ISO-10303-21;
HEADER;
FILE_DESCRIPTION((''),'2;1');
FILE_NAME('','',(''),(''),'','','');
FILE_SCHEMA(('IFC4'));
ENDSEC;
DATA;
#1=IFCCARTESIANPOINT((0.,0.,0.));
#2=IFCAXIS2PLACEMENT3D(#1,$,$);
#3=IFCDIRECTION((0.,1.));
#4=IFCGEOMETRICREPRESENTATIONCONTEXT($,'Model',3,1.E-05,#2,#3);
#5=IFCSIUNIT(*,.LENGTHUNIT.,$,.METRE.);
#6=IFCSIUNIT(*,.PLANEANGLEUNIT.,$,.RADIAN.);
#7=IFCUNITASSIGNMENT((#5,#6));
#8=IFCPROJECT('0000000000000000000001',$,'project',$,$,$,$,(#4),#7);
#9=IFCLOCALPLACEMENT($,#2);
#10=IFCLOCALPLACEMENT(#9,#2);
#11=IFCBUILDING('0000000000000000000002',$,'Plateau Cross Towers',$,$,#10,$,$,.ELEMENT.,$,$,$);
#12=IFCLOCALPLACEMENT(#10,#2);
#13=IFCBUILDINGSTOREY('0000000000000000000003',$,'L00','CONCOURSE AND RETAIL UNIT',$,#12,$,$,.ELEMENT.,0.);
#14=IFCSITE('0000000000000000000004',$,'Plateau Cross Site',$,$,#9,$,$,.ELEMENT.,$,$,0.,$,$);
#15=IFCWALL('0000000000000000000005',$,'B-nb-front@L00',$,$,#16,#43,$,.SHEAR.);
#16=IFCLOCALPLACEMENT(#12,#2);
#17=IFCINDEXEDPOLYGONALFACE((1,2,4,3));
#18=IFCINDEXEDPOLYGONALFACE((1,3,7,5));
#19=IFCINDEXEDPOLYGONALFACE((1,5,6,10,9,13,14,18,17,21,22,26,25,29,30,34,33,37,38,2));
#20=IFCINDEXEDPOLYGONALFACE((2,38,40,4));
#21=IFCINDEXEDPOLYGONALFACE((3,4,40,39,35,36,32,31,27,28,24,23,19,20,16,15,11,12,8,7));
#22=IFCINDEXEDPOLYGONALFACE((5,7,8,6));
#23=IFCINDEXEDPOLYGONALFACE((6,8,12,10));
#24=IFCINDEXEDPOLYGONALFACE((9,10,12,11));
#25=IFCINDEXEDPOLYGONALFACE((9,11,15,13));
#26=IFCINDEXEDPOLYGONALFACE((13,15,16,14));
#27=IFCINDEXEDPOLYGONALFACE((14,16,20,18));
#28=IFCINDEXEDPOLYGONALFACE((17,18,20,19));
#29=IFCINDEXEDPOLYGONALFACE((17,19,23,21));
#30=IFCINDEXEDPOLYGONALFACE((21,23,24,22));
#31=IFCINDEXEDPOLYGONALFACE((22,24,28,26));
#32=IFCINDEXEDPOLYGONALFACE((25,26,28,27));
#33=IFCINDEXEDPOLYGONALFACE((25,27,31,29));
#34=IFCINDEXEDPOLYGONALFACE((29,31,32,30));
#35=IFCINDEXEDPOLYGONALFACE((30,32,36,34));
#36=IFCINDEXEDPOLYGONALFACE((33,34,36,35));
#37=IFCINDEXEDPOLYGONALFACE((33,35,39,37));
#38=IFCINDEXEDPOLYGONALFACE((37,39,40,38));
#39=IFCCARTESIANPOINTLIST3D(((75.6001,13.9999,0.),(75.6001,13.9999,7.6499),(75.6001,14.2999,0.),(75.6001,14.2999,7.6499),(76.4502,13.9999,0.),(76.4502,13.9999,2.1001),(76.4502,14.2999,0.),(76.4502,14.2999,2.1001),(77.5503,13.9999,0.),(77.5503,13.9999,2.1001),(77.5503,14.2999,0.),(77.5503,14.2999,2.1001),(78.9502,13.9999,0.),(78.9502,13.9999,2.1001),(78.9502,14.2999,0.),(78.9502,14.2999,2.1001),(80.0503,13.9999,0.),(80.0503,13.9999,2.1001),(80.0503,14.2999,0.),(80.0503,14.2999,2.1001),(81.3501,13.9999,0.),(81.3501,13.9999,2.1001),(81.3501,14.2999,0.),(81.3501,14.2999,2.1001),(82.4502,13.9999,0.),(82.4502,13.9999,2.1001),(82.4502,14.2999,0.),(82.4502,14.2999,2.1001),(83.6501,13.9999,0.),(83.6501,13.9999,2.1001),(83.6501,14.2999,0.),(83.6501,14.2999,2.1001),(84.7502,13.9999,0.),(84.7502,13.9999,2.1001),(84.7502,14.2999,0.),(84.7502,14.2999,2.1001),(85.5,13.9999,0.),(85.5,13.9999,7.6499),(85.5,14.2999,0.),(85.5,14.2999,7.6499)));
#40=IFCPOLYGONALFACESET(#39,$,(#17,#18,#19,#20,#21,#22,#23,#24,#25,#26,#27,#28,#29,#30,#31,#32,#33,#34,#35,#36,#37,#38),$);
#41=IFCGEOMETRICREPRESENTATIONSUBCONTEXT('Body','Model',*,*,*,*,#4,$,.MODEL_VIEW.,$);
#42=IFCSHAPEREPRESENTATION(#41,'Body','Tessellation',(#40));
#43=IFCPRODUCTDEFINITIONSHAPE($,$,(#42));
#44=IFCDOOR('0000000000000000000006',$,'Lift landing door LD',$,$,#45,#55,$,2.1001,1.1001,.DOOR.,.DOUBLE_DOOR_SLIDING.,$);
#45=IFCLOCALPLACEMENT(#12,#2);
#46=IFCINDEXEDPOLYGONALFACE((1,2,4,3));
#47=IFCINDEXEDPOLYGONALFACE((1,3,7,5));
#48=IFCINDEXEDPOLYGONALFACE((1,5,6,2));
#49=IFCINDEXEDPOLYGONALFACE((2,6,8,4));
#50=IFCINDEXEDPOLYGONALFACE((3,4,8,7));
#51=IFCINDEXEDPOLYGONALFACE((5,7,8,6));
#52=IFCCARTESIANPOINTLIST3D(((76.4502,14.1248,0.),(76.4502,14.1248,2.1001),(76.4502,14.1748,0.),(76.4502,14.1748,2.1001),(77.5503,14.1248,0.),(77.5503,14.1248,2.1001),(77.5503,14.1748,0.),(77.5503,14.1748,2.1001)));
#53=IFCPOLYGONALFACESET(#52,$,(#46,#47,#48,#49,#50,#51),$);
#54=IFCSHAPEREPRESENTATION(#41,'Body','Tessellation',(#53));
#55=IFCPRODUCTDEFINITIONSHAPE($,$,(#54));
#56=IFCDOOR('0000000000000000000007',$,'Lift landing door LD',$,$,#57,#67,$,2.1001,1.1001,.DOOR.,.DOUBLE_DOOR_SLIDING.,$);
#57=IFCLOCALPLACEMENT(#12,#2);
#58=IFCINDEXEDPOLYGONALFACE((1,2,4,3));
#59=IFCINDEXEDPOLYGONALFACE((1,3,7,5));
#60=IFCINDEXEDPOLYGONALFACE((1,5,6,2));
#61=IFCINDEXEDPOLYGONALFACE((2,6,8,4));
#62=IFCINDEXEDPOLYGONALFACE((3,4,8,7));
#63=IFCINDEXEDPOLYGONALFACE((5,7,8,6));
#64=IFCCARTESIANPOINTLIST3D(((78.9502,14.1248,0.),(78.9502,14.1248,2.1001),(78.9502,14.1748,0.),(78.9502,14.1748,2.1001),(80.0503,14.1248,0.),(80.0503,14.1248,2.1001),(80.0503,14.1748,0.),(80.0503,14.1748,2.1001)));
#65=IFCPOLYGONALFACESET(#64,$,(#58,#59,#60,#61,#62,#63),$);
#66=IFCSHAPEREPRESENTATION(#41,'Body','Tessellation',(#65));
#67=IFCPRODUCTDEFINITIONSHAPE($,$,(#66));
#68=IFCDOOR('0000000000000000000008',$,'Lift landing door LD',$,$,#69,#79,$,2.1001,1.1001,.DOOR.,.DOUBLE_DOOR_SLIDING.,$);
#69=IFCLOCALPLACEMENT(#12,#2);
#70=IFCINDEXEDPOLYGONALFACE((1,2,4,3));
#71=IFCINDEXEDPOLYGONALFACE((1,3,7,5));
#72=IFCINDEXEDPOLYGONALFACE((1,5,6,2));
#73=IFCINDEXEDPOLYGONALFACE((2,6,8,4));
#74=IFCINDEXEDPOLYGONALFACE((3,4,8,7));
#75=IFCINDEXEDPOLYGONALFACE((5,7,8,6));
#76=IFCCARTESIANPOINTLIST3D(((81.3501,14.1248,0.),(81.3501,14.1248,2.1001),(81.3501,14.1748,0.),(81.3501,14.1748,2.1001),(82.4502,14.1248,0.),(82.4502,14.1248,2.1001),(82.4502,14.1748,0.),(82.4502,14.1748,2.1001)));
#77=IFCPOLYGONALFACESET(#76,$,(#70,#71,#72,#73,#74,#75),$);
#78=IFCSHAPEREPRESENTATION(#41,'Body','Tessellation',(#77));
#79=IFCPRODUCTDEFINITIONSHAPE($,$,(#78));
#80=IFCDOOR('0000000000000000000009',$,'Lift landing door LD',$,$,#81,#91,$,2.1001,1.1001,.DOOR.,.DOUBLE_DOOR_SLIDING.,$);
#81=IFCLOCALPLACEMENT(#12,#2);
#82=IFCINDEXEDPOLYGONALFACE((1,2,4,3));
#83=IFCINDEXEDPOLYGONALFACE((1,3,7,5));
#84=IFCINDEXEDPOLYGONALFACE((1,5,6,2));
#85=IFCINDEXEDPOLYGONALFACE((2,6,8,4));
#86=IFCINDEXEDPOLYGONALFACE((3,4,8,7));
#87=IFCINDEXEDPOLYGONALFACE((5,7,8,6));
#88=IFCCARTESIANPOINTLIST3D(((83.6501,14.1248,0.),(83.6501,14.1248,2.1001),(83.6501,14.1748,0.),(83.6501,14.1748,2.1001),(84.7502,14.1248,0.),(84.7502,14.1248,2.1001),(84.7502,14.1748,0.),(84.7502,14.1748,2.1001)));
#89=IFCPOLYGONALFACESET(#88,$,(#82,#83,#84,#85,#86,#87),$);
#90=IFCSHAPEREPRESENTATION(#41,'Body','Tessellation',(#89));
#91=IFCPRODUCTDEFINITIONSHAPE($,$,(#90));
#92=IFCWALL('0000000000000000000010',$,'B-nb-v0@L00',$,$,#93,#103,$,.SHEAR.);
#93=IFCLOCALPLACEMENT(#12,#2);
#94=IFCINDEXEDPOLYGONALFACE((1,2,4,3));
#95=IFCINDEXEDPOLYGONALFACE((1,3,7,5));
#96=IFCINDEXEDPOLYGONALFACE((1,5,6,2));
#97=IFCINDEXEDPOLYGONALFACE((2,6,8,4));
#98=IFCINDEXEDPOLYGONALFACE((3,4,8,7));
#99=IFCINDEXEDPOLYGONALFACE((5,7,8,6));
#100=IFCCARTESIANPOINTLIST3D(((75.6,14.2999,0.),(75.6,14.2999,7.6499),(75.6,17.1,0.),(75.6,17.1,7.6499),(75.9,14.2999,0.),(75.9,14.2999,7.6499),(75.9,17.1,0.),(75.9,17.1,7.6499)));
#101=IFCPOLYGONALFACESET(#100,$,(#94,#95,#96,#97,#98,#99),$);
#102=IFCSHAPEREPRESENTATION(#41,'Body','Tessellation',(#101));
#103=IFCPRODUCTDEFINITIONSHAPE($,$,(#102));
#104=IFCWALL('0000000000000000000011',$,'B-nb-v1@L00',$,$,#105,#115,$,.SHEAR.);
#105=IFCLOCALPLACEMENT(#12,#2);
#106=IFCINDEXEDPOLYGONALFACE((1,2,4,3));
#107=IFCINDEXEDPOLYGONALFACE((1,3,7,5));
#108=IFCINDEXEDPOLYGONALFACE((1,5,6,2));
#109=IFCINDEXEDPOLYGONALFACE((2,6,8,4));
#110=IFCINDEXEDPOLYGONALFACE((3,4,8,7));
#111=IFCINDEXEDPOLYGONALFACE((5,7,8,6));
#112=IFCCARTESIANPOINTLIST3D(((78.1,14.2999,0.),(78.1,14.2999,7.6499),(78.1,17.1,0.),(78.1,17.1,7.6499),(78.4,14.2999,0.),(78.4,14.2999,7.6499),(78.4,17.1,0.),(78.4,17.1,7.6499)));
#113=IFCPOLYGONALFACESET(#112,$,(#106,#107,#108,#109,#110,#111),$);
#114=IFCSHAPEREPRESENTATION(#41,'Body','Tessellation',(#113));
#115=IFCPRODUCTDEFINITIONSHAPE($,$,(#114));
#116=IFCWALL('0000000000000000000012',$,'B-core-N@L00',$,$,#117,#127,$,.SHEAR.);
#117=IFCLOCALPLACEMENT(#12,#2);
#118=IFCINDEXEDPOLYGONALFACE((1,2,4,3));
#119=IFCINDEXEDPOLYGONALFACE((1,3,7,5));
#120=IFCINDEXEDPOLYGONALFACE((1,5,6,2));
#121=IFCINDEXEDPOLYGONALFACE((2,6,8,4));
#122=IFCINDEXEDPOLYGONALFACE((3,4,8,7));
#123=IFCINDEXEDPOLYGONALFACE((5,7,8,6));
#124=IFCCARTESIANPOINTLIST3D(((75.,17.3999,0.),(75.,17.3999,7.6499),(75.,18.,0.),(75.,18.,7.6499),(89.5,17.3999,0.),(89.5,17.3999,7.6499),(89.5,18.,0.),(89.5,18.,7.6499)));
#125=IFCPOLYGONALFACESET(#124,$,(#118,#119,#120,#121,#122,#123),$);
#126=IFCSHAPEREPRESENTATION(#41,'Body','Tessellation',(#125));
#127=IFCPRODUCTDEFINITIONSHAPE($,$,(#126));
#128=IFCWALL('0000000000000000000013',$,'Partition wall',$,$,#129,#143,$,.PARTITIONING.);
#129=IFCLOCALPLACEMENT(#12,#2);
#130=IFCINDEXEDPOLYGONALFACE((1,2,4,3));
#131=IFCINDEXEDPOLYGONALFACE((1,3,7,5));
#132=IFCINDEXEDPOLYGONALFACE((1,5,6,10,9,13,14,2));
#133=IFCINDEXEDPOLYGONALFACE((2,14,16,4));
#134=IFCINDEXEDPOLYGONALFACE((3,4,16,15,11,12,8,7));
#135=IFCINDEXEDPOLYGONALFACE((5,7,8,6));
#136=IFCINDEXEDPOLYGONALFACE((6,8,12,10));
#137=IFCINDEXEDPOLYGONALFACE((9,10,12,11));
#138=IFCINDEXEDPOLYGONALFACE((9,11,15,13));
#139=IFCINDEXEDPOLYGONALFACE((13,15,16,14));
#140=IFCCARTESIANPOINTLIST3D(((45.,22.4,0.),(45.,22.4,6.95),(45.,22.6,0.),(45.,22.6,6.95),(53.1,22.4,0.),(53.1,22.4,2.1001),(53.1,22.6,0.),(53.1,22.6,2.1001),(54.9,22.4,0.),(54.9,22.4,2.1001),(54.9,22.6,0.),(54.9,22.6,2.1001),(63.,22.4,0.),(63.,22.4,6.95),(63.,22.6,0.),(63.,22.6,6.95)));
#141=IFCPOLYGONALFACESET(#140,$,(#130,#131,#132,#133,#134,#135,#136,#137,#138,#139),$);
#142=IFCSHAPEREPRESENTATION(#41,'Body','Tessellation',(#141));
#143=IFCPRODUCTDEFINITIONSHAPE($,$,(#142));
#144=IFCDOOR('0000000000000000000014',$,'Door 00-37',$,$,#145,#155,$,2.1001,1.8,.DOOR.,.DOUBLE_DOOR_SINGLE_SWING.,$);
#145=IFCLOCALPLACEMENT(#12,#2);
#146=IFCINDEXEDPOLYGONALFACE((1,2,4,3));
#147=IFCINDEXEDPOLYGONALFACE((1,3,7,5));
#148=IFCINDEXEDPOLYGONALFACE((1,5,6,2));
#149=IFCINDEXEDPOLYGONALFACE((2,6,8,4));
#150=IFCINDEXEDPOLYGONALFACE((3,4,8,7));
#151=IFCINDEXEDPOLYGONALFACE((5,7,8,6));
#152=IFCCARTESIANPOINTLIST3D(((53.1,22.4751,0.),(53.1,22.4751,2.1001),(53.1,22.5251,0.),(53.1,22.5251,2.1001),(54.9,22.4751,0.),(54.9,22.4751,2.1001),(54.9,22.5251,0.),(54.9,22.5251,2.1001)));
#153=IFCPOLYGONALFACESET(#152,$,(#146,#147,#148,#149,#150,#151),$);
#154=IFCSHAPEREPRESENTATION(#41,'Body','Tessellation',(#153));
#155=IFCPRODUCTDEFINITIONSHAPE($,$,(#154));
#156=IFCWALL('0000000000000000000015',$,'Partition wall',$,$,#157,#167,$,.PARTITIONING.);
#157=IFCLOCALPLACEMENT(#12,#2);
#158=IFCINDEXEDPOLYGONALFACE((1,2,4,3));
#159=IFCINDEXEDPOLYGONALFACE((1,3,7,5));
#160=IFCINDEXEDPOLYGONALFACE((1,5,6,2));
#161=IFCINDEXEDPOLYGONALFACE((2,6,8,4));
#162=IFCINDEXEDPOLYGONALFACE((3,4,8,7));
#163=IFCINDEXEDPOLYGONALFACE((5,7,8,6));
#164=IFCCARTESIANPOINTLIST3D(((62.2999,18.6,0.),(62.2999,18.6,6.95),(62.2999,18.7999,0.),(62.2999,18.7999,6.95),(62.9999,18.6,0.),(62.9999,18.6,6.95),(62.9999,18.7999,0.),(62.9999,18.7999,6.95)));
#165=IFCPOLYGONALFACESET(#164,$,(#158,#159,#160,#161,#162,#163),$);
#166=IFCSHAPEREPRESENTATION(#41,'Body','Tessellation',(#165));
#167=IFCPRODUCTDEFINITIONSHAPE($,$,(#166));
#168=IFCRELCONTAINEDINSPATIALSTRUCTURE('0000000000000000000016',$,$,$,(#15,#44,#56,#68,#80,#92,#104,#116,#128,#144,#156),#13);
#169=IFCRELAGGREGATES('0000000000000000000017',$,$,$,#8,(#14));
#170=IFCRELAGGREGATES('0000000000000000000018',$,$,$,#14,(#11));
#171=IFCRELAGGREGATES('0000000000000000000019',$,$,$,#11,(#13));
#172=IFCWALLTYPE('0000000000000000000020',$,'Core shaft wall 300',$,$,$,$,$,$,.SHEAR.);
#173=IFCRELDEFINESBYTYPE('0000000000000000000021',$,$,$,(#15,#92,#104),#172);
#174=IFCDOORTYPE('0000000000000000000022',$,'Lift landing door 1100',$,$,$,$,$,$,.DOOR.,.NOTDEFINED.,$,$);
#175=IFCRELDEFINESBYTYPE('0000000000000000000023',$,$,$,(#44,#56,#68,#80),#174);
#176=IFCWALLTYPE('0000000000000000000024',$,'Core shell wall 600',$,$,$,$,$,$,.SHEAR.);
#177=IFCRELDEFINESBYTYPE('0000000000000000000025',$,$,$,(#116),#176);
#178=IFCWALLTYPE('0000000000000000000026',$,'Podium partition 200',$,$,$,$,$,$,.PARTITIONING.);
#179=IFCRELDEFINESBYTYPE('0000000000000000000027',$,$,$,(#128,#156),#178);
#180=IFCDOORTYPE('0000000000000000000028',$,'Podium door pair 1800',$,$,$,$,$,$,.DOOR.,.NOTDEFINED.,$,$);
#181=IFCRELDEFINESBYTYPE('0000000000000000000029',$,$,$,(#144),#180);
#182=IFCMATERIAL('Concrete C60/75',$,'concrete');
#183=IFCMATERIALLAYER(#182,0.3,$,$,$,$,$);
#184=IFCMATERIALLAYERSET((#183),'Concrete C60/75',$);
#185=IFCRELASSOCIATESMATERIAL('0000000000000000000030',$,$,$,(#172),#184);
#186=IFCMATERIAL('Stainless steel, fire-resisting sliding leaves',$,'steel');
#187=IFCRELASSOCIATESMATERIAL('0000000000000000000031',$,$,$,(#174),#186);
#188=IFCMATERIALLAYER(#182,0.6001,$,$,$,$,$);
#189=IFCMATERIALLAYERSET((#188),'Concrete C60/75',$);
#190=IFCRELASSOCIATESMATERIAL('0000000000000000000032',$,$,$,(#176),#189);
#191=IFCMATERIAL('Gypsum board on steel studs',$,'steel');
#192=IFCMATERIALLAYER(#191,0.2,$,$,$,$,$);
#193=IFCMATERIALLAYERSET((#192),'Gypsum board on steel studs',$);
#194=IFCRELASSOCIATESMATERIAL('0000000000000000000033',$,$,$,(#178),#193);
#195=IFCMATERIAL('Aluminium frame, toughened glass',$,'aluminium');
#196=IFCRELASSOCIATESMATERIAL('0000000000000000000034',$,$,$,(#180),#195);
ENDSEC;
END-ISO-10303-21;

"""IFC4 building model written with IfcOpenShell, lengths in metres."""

from ifc_helpers import new_model, si_unit, direction, frame, frame_2d, origin, place, context, subcontext, project, spatial, rectangle, extrude, material, layer, layer_set, type_object, element, fill, save


model = new_model("IFC4")

# Units and contexts
model_context = context("Model", 3, precision=1e-05, world=origin(), true_north=direction((0.0, 1.0)))
body_context = subcontext(model_context, "Body", "Model", "MODEL_VIEW")
ifc_project = project(units=[si_unit("LENGTHUNIT", "METRE"), si_unit("PLANEANGLEUNIT", "RADIAN")], contexts=[model_context])

# Site, building, storey
site_placement = place(None, origin())
site = spatial("IfcSite", under=ifc_project, at=site_placement, Name="Plateau Cross Site", CompositionType="ELEMENT", RefElevation=0.0)
building_placement = place(site_placement, origin())
building = spatial("IfcBuilding", under=site, at=building_placement, Name="Plateau Cross Towers", CompositionType="ELEMENT")
storey_placement = place(building_placement, origin())
storey = spatial("IfcBuildingStorey", under=building, at=storey_placement, Name="L00", Description="CONCOURSE AND RETAIL UNIT", CompositionType="ELEMENT", Elevation=0.0)

# Shared definitions
ifc_material_1 = material(Name="Concrete C60/75", Category="concrete")

# Shared definitions
ifc_layer_1 = layer(ifc_material_1, 0.3)
ifc_layer_set_1 = layer_set([ifc_layer_1], Name="Concrete C60/75")
wall_type_1 = type_object("IfcWallType", Name="Core shaft wall 300", PredefinedType="SHEAR", material=ifc_layer_set_1)

# Wall, openings, doors
wall_1_placement = place(storey_placement, frame((75.6001, 14.1499, 0.0), z_axis=(0.0, 0.0, 1.0), x_axis=(1.0, 0.0, 0.0)))
wall_1 = element("IfcWall", 1, at=wall_1_placement, inside=storey, type_object=wall_type_1, Name="B-nb-front@L00", PredefinedType="SHEAR", context=body_context, shape_type="SweptSolid", body=[
    extrude(rectangle(XDim=9.8999, YDim=0.3, at=frame_2d((4.95, 0.0))), origin(), (0.0, 0.0, 1.0), 7.6499),
])
opening_1_placement = place(wall_1_placement, frame((0.8501, 0.0, 0.0)))
opening_1 = element("IfcOpeningElement", 2, at=opening_1_placement, cuts=wall_1, PredefinedType="OPENING", context=body_context, shape_type="SweptSolid", body=[
    extrude(rectangle(XDim=1.1001, YDim=2.1001, at=frame_2d((0.55, 1.05))), frame((0.0, 0.1599, 0.0), z_axis=(0.0, -1.0, 0.0), x_axis=(1.0, 0.0, 0.0)), (0.0, 0.0, 1.0), 0.3201),
])
opening_2_placement = place(wall_1_placement, frame((3.3501, 0.0, 0.0)))
opening_2 = element("IfcOpeningElement", 3, at=opening_2_placement, cuts=wall_1, PredefinedType="OPENING", context=body_context, shape_type="SweptSolid", body=[
    extrude(rectangle(XDim=1.1001, YDim=2.1001, at=frame_2d((0.55, 1.05))), frame((0.0, 0.1599, 0.0), z_axis=(0.0, -1.0, 0.0), x_axis=(1.0, 0.0, 0.0)), (0.0, 0.0, 1.0), 0.3201),
])
opening_3_placement = place(wall_1_placement, frame((5.75, 0.0, 0.0)))
opening_3 = element("IfcOpeningElement", 4, at=opening_3_placement, cuts=wall_1, PredefinedType="OPENING", context=body_context, shape_type="SweptSolid", body=[
    extrude(rectangle(XDim=1.1001, YDim=2.1001, at=frame_2d((0.55, 1.05))), frame((0.0, 0.1599, 0.0), z_axis=(0.0, -1.0, 0.0), x_axis=(1.0, 0.0, 0.0)), (0.0, 0.0, 1.0), 0.3201),
])
opening_4_placement = place(wall_1_placement, frame((8.05, 0.0, 0.0)))
opening_4 = element("IfcOpeningElement", 5, at=opening_4_placement, cuts=wall_1, PredefinedType="OPENING", context=body_context, shape_type="SweptSolid", body=[
    extrude(rectangle(XDim=1.1001, YDim=2.1001, at=frame_2d((0.55, 1.05))), frame((0.0, 0.1599, 0.0), z_axis=(0.0, -1.0, 0.0), x_axis=(1.0, 0.0, 0.0)), (0.0, 0.0, 1.0), 0.3201),
])
ifc_material_2 = material(Name="Stainless steel, fire-resisting sliding leaves", Category="steel")
door_type_1 = type_object("IfcDoorType", Name="Lift landing door 1100", OperationType="NOTDEFINED", PredefinedType="DOOR", material=ifc_material_2)
door_1_placement = place(opening_1_placement, origin())
door_1 = element("IfcDoor", 6, at=door_1_placement, inside=storey, type_object=door_type_1, Name="Lift landing door LD", OperationType="DOUBLE_DOOR_SLIDING", OverallHeight=2.1001, OverallWidth=1.1001, PredefinedType="DOOR", context=body_context, shape_type="SweptSolid", body=[
    extrude(rectangle(XDim=1.1001, YDim=2.1001, at=frame_2d((0.55, 1.05))), frame((0.0, 0.0249, 0.0), z_axis=(0.0, -1.0, 0.0), x_axis=(1.0, 0.0, 0.0)), (0.0, 0.0, 1.0), 0.05),
])
fill(opening_1, door_1)
door_2_placement = place(opening_2_placement, origin())
door_2 = element("IfcDoor", 7, at=door_2_placement, inside=storey, type_object=door_type_1, Name="Lift landing door LD", OperationType="DOUBLE_DOOR_SLIDING", OverallHeight=2.1001, OverallWidth=1.1001, PredefinedType="DOOR", context=body_context, shape_type="SweptSolid", body=[
    extrude(rectangle(XDim=1.1001, YDim=2.1001, at=frame_2d((0.55, 1.05))), frame((0.0, 0.0249, 0.0), z_axis=(0.0, -1.0, 0.0), x_axis=(1.0, 0.0, 0.0)), (0.0, 0.0, 1.0), 0.05),
])
fill(opening_2, door_2)
door_3_placement = place(opening_3_placement, origin())
door_3 = element("IfcDoor", 8, at=door_3_placement, inside=storey, type_object=door_type_1, Name="Lift landing door LD", OperationType="DOUBLE_DOOR_SLIDING", OverallHeight=2.1001, OverallWidth=1.1001, PredefinedType="DOOR", context=body_context, shape_type="SweptSolid", body=[
    extrude(rectangle(XDim=1.1001, YDim=2.1001, at=frame_2d((0.55, 1.05))), frame((0.0, 0.0249, 0.0), z_axis=(0.0, -1.0, 0.0), x_axis=(1.0, 0.0, 0.0)), (0.0, 0.0, 1.0), 0.05),
])
fill(opening_3, door_3)
door_4_placement = place(opening_4_placement, origin())
door_4 = element("IfcDoor", 9, at=door_4_placement, inside=storey, type_object=door_type_1, Name="Lift landing door LD", OperationType="DOUBLE_DOOR_SLIDING", OverallHeight=2.1001, OverallWidth=1.1001, PredefinedType="DOOR", context=body_context, shape_type="SweptSolid", body=[
    extrude(rectangle(XDim=1.1001, YDim=2.1001, at=frame_2d((0.55, 1.05))), frame((0.0, 0.0249, 0.0), z_axis=(0.0, -1.0, 0.0), x_axis=(1.0, 0.0, 0.0)), (0.0, 0.0, 1.0), 0.05),
])
fill(opening_4, door_4)

# Walls
for number, where, z_axis, x_axis, name in (
    (10, (75.75, 14.3, 0.0), (0.0, 0.0, 1.0), (0.0, 1.0, 0.0), "B-nb-v0@L00"),
    (11, (78.25, 14.3, 0.0), (0.0, 0.0, 1.0), (0.0, 1.0, 0.0), "B-nb-v1@L00"),
):
    element("IfcWall", number, at=place(storey_placement, frame(where, z_axis=z_axis, x_axis=x_axis)), inside=storey, type_object=wall_type_1, Name=name, PredefinedType="SHEAR", context=body_context, shape_type="SweptSolid", body=[
        extrude(rectangle(XDim=2.8, YDim=0.3, at=frame_2d((1.3999, 0.0))), origin(), (0.0, 0.0, 1.0), 7.6499),
    ])
ifc_layer_2 = layer(ifc_material_1, 0.6001)
ifc_layer_set_2 = layer_set([ifc_layer_2], Name="Concrete C60/75")
wall_type_2 = type_object("IfcWallType", Name="Core shell wall 600", PredefinedType="SHEAR", material=ifc_layer_set_2)
wall_2_placement = place(storey_placement, frame((75.0, 17.7, 0.0), z_axis=(0.0, 0.0, 1.0), x_axis=(1.0, 0.0, 0.0)))
element("IfcWall", 12, at=wall_2_placement, inside=storey, type_object=wall_type_2, Name="B-core-N@L00", PredefinedType="SHEAR", context=body_context, shape_type="SweptSolid", body=[
    extrude(rectangle(XDim=14.5, YDim=0.6001, at=frame_2d((7.25, 0.0))), origin(), (0.0, 0.0, 1.0), 7.6499),
])

# Wall, opening, door
ifc_material_3 = material(Name="Gypsum board on steel studs", Category="steel")
ifc_layer_3 = layer(ifc_material_3, 0.2)
ifc_layer_set_3 = layer_set([ifc_layer_3], Name="Gypsum board on steel studs")
wall_type_3 = type_object("IfcWallType", Name="Podium partition 200", PredefinedType="PARTITIONING", material=ifc_layer_set_3)
wall_3_placement = place(storey_placement, frame((63.0, 22.5, 0.0), z_axis=(0.0, 0.0, 1.0), x_axis=(-1.0, 0.0, 0.0)))
wall_3 = element("IfcWall", 13, at=wall_3_placement, inside=storey, type_object=wall_type_3, Name="Partition wall", PredefinedType="PARTITIONING", context=body_context, shape_type="SweptSolid", body=[
    extrude(rectangle(XDim=18.0, YDim=0.2, at=frame_2d((9.0, 0.0))), origin(), (0.0, 0.0, 1.0), 6.95),
])
opening_5_placement = place(wall_3_placement, frame((8.1001, 0.0, 0.0)))
opening_5 = element("IfcOpeningElement", 14, at=opening_5_placement, cuts=wall_3, PredefinedType="OPENING", context=body_context, shape_type="SweptSolid", body=[
    extrude(rectangle(XDim=1.8, YDim=2.1001, at=frame_2d((0.8999, 1.05))), frame((0.0, 0.1099, 0.0), z_axis=(0.0, -1.0, 0.0), x_axis=(1.0, 0.0, 0.0)), (0.0, 0.0, 1.0), 0.22),
])
ifc_material_4 = material(Name="Aluminium frame, toughened glass", Category="aluminium")
door_type_2 = type_object("IfcDoorType", Name="Podium door pair 1800", OperationType="NOTDEFINED", PredefinedType="DOOR", material=ifc_material_4)
door_5_placement = place(opening_5_placement, origin())
door_5 = element("IfcDoor", 15, at=door_5_placement, inside=storey, type_object=door_type_2, Name="Door 00-37", OperationType="DOUBLE_DOOR_SINGLE_SWING", OverallHeight=2.1001, OverallWidth=1.8, PredefinedType="DOOR", context=body_context, shape_type="SweptSolid", body=[
    extrude(rectangle(XDim=1.8, YDim=2.1001, at=frame_2d((0.8999, 1.05))), frame((0.0, 0.0249, 0.0), z_axis=(0.0, -1.0, 0.0), x_axis=(1.0, 0.0, 0.0)), (0.0, 0.0, 1.0), 0.05),
])
fill(opening_5, door_5)

# Wall
wall_4_placement = place(storey_placement, frame((63.0, 18.7, 0.0), z_axis=(0.0, 0.0, 1.0), x_axis=(-1.0, 0.0, 0.0)))
element("IfcWall", 16, at=wall_4_placement, inside=storey, type_object=wall_type_3, Name="Partition wall", PredefinedType="PARTITIONING", context=body_context, shape_type="SweptSolid", body=[
    extrude(rectangle(XDim=0.7, YDim=0.2, at=frame_2d((0.3501, 0.0))), origin(), (0.0, 0.0, 1.0), 6.95),
])

save(model, "model.ifc")
